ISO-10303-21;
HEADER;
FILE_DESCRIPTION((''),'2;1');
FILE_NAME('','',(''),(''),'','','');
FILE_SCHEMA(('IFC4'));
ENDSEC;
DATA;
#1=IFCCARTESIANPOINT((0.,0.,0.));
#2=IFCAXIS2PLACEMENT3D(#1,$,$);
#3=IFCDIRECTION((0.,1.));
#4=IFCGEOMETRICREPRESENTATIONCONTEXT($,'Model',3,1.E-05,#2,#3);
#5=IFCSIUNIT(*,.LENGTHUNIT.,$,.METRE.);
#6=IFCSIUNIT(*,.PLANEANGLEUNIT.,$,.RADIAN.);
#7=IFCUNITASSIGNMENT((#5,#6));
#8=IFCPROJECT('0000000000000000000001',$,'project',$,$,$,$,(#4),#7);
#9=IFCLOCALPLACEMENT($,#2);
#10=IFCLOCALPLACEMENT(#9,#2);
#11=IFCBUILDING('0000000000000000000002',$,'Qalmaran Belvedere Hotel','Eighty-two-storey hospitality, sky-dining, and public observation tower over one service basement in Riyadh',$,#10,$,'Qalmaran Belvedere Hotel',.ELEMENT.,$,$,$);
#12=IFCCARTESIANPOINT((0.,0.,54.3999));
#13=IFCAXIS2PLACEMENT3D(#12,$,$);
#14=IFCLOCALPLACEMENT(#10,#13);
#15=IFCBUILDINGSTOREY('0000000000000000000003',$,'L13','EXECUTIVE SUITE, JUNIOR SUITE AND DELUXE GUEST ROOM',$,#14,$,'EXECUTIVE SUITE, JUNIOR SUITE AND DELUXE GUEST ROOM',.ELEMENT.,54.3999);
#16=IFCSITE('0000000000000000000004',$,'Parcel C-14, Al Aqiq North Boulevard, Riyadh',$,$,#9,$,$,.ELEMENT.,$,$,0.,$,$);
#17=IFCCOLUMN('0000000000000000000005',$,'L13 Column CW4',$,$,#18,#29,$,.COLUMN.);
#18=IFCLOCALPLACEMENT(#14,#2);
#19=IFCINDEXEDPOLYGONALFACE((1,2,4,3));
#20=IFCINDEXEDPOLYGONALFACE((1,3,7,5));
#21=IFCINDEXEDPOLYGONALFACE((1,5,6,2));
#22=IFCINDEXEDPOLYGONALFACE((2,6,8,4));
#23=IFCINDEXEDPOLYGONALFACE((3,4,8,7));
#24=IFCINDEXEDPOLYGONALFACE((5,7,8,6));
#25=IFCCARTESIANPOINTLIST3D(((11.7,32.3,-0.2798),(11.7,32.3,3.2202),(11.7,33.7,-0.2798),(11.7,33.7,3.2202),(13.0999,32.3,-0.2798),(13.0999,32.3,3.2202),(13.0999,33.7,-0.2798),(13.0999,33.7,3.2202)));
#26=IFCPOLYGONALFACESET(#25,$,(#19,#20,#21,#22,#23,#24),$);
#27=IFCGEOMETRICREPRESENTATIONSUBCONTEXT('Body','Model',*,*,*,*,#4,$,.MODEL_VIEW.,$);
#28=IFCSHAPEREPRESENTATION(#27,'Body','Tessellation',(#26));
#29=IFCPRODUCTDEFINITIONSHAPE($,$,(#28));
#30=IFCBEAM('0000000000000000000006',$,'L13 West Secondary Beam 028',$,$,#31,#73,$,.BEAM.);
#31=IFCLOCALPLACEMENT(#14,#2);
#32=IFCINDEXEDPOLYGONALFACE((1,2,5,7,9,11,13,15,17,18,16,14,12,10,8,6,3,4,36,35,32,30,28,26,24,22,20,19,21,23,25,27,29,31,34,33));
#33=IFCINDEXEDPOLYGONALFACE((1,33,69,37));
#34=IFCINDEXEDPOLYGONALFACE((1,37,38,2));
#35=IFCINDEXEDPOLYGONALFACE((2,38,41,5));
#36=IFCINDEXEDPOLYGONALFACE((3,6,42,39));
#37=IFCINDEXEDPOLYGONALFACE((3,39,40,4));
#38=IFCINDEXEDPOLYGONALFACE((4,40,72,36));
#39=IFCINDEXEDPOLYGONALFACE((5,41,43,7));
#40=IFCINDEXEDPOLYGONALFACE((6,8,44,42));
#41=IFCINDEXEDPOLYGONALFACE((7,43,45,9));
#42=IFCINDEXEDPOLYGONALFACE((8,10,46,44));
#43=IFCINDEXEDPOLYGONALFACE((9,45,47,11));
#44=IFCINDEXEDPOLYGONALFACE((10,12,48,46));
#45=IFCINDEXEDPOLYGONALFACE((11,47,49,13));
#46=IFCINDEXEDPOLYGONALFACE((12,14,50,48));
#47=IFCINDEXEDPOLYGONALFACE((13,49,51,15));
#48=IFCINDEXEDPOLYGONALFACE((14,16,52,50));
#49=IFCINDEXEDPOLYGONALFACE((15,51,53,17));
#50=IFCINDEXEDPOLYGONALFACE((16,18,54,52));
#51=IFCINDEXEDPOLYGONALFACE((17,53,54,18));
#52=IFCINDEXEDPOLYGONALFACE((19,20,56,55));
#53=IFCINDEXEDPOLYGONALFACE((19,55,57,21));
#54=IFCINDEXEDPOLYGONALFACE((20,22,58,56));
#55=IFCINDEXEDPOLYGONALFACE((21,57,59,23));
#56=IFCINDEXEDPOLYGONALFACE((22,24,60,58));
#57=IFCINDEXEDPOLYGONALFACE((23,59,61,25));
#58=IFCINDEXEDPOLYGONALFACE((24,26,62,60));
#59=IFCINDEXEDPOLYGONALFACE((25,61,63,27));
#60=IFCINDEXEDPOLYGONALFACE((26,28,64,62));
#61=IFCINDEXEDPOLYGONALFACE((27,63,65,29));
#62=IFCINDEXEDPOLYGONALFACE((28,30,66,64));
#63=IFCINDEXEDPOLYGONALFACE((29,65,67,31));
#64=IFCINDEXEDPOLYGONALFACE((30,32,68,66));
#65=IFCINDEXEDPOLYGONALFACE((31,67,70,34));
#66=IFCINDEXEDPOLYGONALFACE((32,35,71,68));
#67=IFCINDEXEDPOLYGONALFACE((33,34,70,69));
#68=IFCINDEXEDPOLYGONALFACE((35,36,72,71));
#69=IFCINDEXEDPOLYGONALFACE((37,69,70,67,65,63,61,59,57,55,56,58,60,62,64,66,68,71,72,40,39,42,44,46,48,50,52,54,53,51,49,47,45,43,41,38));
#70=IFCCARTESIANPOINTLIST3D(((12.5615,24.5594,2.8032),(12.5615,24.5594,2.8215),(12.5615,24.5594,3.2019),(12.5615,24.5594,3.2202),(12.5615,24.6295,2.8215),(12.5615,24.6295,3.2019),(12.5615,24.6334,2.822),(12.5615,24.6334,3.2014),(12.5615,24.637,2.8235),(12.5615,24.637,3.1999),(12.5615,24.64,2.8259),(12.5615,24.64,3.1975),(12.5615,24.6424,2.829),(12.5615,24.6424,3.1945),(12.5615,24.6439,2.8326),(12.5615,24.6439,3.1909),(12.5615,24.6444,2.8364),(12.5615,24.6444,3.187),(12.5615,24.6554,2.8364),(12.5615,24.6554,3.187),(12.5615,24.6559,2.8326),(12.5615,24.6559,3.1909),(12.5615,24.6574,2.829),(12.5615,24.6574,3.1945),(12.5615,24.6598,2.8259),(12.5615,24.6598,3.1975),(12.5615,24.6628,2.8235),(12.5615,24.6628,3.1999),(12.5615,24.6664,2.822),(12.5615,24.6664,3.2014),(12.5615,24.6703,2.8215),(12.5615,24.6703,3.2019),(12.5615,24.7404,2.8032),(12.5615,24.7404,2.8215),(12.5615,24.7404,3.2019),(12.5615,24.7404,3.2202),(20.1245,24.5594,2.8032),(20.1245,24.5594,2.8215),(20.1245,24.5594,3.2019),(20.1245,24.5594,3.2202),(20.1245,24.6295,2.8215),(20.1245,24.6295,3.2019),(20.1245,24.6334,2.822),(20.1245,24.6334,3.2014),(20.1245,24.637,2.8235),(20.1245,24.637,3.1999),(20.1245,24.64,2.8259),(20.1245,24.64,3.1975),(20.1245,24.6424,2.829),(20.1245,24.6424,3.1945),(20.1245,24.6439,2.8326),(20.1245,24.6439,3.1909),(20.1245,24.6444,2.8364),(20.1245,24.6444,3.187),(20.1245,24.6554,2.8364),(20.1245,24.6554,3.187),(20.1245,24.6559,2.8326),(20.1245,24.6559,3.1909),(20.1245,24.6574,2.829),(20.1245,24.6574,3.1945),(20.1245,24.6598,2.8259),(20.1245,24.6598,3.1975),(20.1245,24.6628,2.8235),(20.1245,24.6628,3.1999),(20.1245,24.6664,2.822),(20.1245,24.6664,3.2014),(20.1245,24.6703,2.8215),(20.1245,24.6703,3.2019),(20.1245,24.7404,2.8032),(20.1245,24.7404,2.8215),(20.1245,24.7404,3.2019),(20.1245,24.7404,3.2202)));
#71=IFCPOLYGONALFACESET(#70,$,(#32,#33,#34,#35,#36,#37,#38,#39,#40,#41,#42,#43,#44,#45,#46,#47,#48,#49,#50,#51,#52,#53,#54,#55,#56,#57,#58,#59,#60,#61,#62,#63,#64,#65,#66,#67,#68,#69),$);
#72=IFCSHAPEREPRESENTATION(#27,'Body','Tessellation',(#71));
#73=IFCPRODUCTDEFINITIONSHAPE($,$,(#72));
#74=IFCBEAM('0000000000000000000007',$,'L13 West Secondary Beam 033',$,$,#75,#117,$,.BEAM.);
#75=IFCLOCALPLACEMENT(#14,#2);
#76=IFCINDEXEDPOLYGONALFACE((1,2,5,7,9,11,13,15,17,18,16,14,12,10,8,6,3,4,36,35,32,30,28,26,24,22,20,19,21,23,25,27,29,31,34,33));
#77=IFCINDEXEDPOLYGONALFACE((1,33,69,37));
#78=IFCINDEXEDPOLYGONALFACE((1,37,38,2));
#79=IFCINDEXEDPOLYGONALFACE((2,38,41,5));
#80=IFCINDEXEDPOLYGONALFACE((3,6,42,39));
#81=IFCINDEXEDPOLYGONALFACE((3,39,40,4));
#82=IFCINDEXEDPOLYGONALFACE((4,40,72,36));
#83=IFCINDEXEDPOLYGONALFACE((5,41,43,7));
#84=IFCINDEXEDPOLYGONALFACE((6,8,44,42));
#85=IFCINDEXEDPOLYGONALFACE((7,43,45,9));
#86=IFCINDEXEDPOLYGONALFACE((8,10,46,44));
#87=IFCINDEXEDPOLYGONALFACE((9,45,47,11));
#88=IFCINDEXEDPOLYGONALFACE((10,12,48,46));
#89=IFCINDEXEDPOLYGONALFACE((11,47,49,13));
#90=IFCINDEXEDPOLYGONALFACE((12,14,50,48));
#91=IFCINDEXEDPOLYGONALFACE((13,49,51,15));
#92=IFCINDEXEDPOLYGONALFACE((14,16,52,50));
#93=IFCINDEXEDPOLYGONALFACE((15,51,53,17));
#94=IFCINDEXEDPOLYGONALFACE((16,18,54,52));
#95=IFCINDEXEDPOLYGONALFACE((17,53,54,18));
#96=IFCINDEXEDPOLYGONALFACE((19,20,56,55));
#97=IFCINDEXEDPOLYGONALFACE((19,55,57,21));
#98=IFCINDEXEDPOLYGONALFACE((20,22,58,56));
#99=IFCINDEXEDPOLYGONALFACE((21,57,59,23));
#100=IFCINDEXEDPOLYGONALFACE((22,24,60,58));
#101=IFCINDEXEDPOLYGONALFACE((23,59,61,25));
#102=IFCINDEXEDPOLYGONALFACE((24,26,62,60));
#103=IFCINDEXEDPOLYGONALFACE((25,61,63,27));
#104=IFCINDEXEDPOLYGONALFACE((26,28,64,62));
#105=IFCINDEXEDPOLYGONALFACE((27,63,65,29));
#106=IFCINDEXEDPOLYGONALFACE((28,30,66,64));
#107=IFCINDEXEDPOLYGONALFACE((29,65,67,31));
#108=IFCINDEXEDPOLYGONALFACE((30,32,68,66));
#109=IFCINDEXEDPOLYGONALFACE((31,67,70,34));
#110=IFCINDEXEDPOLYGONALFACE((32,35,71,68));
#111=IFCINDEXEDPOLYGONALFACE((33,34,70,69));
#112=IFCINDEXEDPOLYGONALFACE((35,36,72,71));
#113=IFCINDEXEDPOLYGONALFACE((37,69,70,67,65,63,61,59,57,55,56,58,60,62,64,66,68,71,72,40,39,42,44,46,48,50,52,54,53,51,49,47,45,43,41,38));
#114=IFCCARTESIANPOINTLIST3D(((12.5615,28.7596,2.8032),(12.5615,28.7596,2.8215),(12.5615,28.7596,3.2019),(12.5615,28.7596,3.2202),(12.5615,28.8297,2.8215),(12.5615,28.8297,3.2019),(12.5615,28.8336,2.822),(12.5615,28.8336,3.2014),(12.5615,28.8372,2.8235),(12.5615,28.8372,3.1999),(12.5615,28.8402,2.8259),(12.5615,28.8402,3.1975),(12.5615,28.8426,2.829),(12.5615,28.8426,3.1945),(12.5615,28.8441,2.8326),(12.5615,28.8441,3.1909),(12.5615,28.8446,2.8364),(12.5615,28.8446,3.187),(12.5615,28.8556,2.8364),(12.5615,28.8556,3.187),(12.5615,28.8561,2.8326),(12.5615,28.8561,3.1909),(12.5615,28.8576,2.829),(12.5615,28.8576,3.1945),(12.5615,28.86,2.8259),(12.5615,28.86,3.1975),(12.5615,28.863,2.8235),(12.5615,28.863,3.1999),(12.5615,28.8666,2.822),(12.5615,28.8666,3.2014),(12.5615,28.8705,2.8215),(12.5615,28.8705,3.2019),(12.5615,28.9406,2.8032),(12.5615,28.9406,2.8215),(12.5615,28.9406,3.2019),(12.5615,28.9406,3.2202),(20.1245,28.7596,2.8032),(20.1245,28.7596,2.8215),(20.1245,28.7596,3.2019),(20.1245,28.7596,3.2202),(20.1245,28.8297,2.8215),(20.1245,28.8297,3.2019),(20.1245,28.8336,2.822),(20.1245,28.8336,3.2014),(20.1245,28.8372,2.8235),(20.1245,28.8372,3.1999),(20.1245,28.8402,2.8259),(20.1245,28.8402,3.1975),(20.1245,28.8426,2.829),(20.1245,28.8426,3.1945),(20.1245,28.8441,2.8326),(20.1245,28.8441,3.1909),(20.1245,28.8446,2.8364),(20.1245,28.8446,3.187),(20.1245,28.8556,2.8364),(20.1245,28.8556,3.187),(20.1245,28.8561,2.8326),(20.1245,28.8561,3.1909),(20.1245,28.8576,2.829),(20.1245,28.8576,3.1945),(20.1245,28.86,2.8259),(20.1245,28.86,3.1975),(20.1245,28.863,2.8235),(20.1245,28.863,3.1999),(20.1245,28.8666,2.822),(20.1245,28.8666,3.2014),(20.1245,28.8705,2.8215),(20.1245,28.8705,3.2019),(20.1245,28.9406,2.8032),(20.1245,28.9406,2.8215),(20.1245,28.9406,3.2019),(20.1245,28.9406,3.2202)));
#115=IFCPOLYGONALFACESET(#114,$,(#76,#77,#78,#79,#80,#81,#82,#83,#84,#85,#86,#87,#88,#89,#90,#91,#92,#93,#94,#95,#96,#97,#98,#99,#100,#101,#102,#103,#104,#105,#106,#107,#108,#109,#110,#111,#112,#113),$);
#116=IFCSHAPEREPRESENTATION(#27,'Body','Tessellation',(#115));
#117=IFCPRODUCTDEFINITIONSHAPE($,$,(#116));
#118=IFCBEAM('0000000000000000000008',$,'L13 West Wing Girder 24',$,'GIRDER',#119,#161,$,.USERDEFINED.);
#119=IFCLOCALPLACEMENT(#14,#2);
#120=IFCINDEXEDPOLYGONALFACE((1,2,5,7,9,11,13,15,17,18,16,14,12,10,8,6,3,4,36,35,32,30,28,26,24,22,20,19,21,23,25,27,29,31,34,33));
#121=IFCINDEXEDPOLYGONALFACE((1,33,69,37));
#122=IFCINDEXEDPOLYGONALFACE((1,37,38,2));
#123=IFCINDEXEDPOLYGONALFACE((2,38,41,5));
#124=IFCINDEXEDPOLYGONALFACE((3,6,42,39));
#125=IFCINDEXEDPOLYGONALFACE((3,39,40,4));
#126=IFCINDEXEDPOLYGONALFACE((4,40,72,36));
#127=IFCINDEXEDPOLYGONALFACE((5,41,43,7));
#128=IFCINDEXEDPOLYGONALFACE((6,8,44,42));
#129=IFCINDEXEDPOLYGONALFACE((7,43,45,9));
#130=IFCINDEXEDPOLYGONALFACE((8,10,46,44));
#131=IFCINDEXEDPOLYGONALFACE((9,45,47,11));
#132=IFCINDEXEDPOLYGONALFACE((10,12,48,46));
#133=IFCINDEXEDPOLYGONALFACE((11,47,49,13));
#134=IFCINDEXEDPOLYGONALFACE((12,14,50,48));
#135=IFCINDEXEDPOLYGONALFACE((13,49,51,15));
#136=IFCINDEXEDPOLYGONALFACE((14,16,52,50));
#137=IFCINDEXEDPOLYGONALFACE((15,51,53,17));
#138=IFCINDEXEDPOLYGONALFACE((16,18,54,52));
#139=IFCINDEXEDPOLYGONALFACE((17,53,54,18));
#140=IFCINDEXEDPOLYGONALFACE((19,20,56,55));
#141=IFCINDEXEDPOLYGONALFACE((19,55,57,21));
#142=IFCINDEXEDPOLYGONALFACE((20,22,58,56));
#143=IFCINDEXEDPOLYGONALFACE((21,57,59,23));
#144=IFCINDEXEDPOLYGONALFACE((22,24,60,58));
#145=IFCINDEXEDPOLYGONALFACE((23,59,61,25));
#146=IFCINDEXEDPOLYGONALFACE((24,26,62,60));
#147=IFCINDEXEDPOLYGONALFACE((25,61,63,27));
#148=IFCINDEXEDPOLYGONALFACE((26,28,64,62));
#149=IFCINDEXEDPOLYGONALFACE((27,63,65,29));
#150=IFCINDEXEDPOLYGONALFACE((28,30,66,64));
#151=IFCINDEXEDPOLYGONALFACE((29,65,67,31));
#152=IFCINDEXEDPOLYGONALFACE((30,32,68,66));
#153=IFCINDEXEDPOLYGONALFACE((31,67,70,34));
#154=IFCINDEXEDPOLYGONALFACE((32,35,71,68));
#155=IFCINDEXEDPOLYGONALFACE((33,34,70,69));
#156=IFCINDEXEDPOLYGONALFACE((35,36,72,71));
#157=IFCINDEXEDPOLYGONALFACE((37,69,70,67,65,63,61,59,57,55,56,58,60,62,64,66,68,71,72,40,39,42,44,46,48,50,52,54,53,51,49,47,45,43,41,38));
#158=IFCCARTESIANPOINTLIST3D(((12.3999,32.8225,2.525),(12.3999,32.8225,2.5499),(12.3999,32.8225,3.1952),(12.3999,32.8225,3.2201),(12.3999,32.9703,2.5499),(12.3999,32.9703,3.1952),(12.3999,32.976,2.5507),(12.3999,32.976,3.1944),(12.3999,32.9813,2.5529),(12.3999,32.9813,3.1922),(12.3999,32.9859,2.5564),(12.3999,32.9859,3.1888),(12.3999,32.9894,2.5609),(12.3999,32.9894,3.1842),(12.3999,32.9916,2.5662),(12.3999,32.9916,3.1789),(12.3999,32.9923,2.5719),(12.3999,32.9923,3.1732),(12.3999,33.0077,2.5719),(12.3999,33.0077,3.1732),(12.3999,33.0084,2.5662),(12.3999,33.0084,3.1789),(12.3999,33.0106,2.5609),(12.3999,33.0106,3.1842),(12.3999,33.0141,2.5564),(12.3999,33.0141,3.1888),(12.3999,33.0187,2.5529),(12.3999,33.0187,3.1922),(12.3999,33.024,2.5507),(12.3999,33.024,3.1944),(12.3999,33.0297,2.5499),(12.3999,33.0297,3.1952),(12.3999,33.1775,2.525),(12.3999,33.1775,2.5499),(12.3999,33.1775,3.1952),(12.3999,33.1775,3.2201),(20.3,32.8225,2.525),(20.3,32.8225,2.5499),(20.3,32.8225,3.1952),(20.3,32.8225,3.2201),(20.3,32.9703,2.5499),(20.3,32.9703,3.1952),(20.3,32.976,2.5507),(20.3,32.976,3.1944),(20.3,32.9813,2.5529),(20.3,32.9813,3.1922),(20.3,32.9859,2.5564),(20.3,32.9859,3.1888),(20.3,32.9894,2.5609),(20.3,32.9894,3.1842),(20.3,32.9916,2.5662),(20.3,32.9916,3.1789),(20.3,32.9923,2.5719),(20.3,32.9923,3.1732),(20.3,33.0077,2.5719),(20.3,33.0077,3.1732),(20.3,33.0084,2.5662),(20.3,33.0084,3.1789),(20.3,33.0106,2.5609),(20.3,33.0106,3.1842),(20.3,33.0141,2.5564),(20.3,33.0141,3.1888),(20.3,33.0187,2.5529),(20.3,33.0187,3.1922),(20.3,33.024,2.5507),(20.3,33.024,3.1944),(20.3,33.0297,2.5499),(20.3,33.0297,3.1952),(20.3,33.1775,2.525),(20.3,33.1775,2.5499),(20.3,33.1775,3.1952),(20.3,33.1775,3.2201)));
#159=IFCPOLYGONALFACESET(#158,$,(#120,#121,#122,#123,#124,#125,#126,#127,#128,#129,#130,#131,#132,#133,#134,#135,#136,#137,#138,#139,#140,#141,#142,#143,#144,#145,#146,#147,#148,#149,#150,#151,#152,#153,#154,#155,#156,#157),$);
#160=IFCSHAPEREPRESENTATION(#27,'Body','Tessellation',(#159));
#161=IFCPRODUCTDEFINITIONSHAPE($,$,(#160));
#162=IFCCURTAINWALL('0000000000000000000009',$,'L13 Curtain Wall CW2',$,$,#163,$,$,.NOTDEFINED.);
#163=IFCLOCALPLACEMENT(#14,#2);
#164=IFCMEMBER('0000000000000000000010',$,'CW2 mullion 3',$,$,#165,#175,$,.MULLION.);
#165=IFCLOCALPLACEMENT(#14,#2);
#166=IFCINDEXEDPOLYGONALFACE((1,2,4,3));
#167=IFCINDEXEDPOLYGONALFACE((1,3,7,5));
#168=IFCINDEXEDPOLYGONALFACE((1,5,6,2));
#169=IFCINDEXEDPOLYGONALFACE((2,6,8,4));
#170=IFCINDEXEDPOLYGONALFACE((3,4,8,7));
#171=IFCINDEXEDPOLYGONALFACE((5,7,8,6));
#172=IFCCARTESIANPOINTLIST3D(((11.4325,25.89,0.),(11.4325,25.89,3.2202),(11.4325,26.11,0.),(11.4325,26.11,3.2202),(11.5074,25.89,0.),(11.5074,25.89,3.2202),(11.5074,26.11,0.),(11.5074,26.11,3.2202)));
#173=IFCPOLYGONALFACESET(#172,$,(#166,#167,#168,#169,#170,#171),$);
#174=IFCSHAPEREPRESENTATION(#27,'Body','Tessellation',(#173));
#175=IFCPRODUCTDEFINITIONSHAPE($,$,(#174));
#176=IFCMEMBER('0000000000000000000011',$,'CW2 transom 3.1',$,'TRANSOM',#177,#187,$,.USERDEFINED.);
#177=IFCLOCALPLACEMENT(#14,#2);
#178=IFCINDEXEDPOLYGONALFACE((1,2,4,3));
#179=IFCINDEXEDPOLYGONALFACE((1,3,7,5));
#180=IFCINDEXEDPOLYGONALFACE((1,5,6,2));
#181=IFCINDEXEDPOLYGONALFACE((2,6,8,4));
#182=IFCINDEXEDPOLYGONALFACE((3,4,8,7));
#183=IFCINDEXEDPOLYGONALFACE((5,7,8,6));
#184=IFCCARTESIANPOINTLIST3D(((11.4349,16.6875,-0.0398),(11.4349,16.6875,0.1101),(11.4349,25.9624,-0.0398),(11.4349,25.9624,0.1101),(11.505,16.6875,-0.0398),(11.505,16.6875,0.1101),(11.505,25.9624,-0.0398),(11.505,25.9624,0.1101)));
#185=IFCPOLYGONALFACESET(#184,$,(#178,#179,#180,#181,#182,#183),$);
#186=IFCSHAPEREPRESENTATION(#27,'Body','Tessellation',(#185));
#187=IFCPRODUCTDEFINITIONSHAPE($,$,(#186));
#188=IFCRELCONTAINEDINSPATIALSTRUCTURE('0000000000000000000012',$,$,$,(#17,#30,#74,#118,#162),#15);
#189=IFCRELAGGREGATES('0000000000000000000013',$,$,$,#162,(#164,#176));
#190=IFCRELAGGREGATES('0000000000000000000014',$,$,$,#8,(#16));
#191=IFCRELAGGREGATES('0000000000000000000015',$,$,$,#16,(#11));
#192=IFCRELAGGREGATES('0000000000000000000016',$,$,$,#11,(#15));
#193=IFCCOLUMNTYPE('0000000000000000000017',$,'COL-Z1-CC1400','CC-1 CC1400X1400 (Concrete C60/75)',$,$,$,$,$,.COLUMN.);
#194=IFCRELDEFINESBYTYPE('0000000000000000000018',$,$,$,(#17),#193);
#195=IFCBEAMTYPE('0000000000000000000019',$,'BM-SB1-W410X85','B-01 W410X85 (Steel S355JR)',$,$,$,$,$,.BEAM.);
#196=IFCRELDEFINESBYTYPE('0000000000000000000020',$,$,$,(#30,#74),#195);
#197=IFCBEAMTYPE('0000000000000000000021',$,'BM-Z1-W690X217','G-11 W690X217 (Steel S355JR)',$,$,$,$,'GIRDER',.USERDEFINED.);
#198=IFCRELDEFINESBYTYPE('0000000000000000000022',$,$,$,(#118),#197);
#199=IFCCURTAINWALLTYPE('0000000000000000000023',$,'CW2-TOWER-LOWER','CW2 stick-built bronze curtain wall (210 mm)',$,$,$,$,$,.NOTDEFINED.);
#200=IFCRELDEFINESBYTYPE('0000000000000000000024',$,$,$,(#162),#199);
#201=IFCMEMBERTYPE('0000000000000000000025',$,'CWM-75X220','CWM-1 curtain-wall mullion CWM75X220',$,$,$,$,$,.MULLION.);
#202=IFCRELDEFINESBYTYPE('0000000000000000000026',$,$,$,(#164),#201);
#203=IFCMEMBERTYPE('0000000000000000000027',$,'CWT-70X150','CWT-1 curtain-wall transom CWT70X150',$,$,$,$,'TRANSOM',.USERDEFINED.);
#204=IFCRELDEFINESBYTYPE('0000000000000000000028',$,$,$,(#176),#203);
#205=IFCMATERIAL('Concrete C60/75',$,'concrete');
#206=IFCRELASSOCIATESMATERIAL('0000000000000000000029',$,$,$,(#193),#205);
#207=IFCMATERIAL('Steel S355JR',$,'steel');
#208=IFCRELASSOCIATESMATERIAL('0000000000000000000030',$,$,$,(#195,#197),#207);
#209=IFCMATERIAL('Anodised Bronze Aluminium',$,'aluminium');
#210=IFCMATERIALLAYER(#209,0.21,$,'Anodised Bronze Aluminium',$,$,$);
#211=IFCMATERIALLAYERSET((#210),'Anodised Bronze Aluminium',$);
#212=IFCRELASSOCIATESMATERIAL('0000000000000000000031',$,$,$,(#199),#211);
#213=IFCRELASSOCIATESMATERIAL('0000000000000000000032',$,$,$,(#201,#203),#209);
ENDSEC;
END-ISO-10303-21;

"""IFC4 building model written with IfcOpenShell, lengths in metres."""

from ifc_helpers import new_model, si_unit, direction, frame, origin, origin_2d, place, context, subcontext, project, spatial, rectangle, i_section, extrude, material, layer, layer_set, material_profile, profile_set, type_object, element, aggregate, save


model = new_model("IFC4")

# Units and contexts
model_context = context("Model", 3, precision=1e-05, world=origin(), true_north=direction((0.0, 1.0)))
body_context = subcontext(model_context, "Body", "Model", "MODEL_VIEW")
ifc_project = project(units=[si_unit("LENGTHUNIT", "METRE"), si_unit("PLANEANGLEUNIT", "RADIAN")], contexts=[model_context])

# Site, building, storey
site_placement = place(None, origin())
site = spatial("IfcSite", under=ifc_project, at=site_placement, Name="Parcel C-14, Al Aqiq North Boulevard, Riyadh", CompositionType="ELEMENT", RefElevation=0.0)
building_placement = place(site_placement, origin())
building = spatial("IfcBuilding", under=site, at=building_placement, Name="Qalmaran Belvedere Hotel", Description="Eighty-two-storey hospitality, sky-dining, and public observation tower over one service basement in Riyadh", LongName="Qalmaran Belvedere Hotel", CompositionType="ELEMENT")
storey_placement = place(building_placement, frame((0.0, 0.0, 54.3999)))
storey = spatial("IfcBuildingStorey", under=building, at=storey_placement, Name="L13", Description="EXECUTIVE SUITE, JUNIOR SUITE AND DELUXE GUEST ROOM", LongName="EXECUTIVE SUITE, JUNIOR SUITE AND DELUXE GUEST ROOM", CompositionType="ELEMENT", Elevation=54.3999)

# Column
ifc_material_1 = material(Name="Concrete C60/75", Category="concrete")
ifc_material_profile_1 = material_profile(ifc_material_1, rectangle(XDim=1.3999, YDim=1.3999, at=origin_2d()), Name="CC1400X1400")
ifc_profile_set_1 = profile_set([ifc_material_profile_1], Name="Concrete C60/75")
column_type = type_object("IfcColumnType", Name="COL-Z1-CC1400", Description="CC-1 CC1400X1400 (Concrete C60/75)", PredefinedType="COLUMN", material=ifc_profile_set_1)
column_placement = place(storey_placement, frame((12.3999, 33.0, -0.2798), z_axis=(0.0, 0.0, 1.0), x_axis=(1.0, 0.0, 0.0)))
element("IfcColumn", 1, at=column_placement, inside=storey, type_object=column_type, Name="L13 Column CW4", PredefinedType="COLUMN", context=body_context, shape_type="SweptSolid", body=[
    extrude(rectangle(XDim=1.3999, YDim=1.3999, at=origin_2d()), origin(), (0.0, 0.0, 1.0), 3.5),
])

# Beams
ifc_material_2 = material(Name="Steel S355JR", Category="steel")
ifc_material_profile_2 = material_profile(ifc_material_2, i_section(OverallWidth=0.1809, OverallDepth=0.417, WebThickness=0.011, FlangeThickness=0.0183, FilletRadius=0.0149, at=origin_2d()), Name="W410X85")
ifc_profile_set_2 = profile_set([ifc_material_profile_2], Name="Steel S355JR")
beam_type_1 = type_object("IfcBeamType", Name="BM-SB1-W410X85", Description="B-01 W410X85 (Steel S355JR)", PredefinedType="BEAM", material=ifc_profile_set_2)
for number, where, z_axis, x_axis, name in (
    (2, (12.5615, 24.6499, 3.0117), (1.0, 0.0, 0.0), (0.0, 1.0, 0.0), "L13 West Secondary Beam 028"),
    (3, (12.5615, 28.8501, 3.0117), (1.0, 0.0, 0.0), (0.0, 1.0, 0.0), "L13 West Secondary Beam 033"),
):
    element("IfcBeam", number, at=place(storey_placement, frame(where, z_axis=z_axis, x_axis=x_axis)), inside=storey, type_object=beam_type_1, Name=name, PredefinedType="BEAM", context=body_context, shape_type="SweptSolid", body=[
        extrude(i_section(OverallWidth=0.1809, OverallDepth=0.417, WebThickness=0.011, FlangeThickness=0.0183, FilletRadius=0.0149, at=origin_2d()), origin(), (0.0, 0.0, 1.0), 7.563),
    ])
ifc_material_profile_3 = material_profile(ifc_material_2, i_section(OverallWidth=0.355, OverallDepth=0.6951, WebThickness=0.0154, FlangeThickness=0.0249, FilletRadius=0.022, at=origin_2d()), Name="W690X217")
ifc_profile_set_3 = profile_set([ifc_material_profile_3], Name="Steel S355JR")
beam_type_2 = type_object("IfcBeamType", Name="BM-Z1-W690X217", Description="G-11 W690X217 (Steel S355JR)", ElementType="GIRDER", PredefinedType="USERDEFINED", material=ifc_profile_set_3)
beam_placement = place(storey_placement, frame((12.3999, 33.0, 2.8726), z_axis=(1.0, 0.0, 0.0), x_axis=(0.0, 1.0, 0.0)))
element("IfcBeam", 4, at=beam_placement, inside=storey, type_object=beam_type_2, Name="L13 West Wing Girder 24", ObjectType="GIRDER", PredefinedType="USERDEFINED", context=body_context, shape_type="SweptSolid", body=[
    extrude(i_section(OverallWidth=0.355, OverallDepth=0.6951, WebThickness=0.0154, FlangeThickness=0.0249, FilletRadius=0.022, at=origin_2d()), origin(), (0.0, 0.0, 1.0), 7.9001),
])

# Curtain wall, members
ifc_material_3 = material(Name="Anodised Bronze Aluminium", Category="aluminium")
ifc_layer_1 = layer(ifc_material_3, 0.21, Name="Anodised Bronze Aluminium")
ifc_layer_set_1 = layer_set([ifc_layer_1], Name="Anodised Bronze Aluminium")
curtain_wall_type = type_object("IfcCurtainWallType", Name="CW2-TOWER-LOWER", Description="CW2 stick-built bronze curtain wall (210 mm)", PredefinedType="NOTDEFINED", material=ifc_layer_set_1)
curtain_wall_placement = place(storey_placement, origin())
curtain_wall = element("IfcCurtainWall", 5, at=curtain_wall_placement, inside=storey, type_object=curtain_wall_type, Name="L13 Curtain Wall CW2", PredefinedType="NOTDEFINED")
ifc_material_profile_4 = material_profile(ifc_material_3, rectangle(XDim=0.075, YDim=0.22, at=origin_2d()), Name="CWM75X220")
ifc_profile_set_4 = profile_set([ifc_material_profile_4], Name="Anodised Bronze Aluminium")
member_type_1 = type_object("IfcMemberType", Name="CWM-75X220", Description="CWM-1 curtain-wall mullion CWM75X220", PredefinedType="MULLION", material=ifc_profile_set_4)
member_1_placement = place(storey_placement, frame((11.47, 26.0, 0.0), z_axis=(0.0, 0.0, 1.0), x_axis=(1.0, 0.0, 0.0)))
member_1 = element("IfcMember", 6, at=member_1_placement, type_object=member_type_1, Name="CW2 mullion 3", PredefinedType="MULLION", context=body_context, shape_type="SweptSolid", body=[
    extrude(rectangle(XDim=0.075, YDim=0.22, at=origin_2d()), origin(), (0.0, 0.0, 1.0), 3.2202),
])
ifc_material_profile_5 = material_profile(ifc_material_3, rectangle(XDim=0.0701, YDim=0.1499, at=origin_2d()), Name="CWT70X150")
ifc_profile_set_5 = profile_set([ifc_material_profile_5], Name="Anodised Bronze Aluminium")
member_type_2 = type_object("IfcMemberType", Name="CWT-70X150", Description="CWT-1 curtain-wall transom CWT70X150", ElementType="TRANSOM", PredefinedType="USERDEFINED", material=ifc_profile_set_5)
member_2_placement = place(storey_placement, frame((11.47, 25.9624, 0.0352), z_axis=(0.0, -1.0, 0.0), x_axis=(1.0, 0.0, 0.0)))
member_2 = element("IfcMember", 7, at=member_2_placement, type_object=member_type_2, Name="CW2 transom 3.1", ObjectType="TRANSOM", PredefinedType="USERDEFINED", context=body_context, shape_type="SweptSolid", body=[
    extrude(rectangle(XDim=0.0701, YDim=0.1499, at=origin_2d()), origin(), (0.0, 0.0, 1.0), 9.2749),
])
aggregate(curtain_wall, [member_1, member_2])

save(model, "model.ifc")
